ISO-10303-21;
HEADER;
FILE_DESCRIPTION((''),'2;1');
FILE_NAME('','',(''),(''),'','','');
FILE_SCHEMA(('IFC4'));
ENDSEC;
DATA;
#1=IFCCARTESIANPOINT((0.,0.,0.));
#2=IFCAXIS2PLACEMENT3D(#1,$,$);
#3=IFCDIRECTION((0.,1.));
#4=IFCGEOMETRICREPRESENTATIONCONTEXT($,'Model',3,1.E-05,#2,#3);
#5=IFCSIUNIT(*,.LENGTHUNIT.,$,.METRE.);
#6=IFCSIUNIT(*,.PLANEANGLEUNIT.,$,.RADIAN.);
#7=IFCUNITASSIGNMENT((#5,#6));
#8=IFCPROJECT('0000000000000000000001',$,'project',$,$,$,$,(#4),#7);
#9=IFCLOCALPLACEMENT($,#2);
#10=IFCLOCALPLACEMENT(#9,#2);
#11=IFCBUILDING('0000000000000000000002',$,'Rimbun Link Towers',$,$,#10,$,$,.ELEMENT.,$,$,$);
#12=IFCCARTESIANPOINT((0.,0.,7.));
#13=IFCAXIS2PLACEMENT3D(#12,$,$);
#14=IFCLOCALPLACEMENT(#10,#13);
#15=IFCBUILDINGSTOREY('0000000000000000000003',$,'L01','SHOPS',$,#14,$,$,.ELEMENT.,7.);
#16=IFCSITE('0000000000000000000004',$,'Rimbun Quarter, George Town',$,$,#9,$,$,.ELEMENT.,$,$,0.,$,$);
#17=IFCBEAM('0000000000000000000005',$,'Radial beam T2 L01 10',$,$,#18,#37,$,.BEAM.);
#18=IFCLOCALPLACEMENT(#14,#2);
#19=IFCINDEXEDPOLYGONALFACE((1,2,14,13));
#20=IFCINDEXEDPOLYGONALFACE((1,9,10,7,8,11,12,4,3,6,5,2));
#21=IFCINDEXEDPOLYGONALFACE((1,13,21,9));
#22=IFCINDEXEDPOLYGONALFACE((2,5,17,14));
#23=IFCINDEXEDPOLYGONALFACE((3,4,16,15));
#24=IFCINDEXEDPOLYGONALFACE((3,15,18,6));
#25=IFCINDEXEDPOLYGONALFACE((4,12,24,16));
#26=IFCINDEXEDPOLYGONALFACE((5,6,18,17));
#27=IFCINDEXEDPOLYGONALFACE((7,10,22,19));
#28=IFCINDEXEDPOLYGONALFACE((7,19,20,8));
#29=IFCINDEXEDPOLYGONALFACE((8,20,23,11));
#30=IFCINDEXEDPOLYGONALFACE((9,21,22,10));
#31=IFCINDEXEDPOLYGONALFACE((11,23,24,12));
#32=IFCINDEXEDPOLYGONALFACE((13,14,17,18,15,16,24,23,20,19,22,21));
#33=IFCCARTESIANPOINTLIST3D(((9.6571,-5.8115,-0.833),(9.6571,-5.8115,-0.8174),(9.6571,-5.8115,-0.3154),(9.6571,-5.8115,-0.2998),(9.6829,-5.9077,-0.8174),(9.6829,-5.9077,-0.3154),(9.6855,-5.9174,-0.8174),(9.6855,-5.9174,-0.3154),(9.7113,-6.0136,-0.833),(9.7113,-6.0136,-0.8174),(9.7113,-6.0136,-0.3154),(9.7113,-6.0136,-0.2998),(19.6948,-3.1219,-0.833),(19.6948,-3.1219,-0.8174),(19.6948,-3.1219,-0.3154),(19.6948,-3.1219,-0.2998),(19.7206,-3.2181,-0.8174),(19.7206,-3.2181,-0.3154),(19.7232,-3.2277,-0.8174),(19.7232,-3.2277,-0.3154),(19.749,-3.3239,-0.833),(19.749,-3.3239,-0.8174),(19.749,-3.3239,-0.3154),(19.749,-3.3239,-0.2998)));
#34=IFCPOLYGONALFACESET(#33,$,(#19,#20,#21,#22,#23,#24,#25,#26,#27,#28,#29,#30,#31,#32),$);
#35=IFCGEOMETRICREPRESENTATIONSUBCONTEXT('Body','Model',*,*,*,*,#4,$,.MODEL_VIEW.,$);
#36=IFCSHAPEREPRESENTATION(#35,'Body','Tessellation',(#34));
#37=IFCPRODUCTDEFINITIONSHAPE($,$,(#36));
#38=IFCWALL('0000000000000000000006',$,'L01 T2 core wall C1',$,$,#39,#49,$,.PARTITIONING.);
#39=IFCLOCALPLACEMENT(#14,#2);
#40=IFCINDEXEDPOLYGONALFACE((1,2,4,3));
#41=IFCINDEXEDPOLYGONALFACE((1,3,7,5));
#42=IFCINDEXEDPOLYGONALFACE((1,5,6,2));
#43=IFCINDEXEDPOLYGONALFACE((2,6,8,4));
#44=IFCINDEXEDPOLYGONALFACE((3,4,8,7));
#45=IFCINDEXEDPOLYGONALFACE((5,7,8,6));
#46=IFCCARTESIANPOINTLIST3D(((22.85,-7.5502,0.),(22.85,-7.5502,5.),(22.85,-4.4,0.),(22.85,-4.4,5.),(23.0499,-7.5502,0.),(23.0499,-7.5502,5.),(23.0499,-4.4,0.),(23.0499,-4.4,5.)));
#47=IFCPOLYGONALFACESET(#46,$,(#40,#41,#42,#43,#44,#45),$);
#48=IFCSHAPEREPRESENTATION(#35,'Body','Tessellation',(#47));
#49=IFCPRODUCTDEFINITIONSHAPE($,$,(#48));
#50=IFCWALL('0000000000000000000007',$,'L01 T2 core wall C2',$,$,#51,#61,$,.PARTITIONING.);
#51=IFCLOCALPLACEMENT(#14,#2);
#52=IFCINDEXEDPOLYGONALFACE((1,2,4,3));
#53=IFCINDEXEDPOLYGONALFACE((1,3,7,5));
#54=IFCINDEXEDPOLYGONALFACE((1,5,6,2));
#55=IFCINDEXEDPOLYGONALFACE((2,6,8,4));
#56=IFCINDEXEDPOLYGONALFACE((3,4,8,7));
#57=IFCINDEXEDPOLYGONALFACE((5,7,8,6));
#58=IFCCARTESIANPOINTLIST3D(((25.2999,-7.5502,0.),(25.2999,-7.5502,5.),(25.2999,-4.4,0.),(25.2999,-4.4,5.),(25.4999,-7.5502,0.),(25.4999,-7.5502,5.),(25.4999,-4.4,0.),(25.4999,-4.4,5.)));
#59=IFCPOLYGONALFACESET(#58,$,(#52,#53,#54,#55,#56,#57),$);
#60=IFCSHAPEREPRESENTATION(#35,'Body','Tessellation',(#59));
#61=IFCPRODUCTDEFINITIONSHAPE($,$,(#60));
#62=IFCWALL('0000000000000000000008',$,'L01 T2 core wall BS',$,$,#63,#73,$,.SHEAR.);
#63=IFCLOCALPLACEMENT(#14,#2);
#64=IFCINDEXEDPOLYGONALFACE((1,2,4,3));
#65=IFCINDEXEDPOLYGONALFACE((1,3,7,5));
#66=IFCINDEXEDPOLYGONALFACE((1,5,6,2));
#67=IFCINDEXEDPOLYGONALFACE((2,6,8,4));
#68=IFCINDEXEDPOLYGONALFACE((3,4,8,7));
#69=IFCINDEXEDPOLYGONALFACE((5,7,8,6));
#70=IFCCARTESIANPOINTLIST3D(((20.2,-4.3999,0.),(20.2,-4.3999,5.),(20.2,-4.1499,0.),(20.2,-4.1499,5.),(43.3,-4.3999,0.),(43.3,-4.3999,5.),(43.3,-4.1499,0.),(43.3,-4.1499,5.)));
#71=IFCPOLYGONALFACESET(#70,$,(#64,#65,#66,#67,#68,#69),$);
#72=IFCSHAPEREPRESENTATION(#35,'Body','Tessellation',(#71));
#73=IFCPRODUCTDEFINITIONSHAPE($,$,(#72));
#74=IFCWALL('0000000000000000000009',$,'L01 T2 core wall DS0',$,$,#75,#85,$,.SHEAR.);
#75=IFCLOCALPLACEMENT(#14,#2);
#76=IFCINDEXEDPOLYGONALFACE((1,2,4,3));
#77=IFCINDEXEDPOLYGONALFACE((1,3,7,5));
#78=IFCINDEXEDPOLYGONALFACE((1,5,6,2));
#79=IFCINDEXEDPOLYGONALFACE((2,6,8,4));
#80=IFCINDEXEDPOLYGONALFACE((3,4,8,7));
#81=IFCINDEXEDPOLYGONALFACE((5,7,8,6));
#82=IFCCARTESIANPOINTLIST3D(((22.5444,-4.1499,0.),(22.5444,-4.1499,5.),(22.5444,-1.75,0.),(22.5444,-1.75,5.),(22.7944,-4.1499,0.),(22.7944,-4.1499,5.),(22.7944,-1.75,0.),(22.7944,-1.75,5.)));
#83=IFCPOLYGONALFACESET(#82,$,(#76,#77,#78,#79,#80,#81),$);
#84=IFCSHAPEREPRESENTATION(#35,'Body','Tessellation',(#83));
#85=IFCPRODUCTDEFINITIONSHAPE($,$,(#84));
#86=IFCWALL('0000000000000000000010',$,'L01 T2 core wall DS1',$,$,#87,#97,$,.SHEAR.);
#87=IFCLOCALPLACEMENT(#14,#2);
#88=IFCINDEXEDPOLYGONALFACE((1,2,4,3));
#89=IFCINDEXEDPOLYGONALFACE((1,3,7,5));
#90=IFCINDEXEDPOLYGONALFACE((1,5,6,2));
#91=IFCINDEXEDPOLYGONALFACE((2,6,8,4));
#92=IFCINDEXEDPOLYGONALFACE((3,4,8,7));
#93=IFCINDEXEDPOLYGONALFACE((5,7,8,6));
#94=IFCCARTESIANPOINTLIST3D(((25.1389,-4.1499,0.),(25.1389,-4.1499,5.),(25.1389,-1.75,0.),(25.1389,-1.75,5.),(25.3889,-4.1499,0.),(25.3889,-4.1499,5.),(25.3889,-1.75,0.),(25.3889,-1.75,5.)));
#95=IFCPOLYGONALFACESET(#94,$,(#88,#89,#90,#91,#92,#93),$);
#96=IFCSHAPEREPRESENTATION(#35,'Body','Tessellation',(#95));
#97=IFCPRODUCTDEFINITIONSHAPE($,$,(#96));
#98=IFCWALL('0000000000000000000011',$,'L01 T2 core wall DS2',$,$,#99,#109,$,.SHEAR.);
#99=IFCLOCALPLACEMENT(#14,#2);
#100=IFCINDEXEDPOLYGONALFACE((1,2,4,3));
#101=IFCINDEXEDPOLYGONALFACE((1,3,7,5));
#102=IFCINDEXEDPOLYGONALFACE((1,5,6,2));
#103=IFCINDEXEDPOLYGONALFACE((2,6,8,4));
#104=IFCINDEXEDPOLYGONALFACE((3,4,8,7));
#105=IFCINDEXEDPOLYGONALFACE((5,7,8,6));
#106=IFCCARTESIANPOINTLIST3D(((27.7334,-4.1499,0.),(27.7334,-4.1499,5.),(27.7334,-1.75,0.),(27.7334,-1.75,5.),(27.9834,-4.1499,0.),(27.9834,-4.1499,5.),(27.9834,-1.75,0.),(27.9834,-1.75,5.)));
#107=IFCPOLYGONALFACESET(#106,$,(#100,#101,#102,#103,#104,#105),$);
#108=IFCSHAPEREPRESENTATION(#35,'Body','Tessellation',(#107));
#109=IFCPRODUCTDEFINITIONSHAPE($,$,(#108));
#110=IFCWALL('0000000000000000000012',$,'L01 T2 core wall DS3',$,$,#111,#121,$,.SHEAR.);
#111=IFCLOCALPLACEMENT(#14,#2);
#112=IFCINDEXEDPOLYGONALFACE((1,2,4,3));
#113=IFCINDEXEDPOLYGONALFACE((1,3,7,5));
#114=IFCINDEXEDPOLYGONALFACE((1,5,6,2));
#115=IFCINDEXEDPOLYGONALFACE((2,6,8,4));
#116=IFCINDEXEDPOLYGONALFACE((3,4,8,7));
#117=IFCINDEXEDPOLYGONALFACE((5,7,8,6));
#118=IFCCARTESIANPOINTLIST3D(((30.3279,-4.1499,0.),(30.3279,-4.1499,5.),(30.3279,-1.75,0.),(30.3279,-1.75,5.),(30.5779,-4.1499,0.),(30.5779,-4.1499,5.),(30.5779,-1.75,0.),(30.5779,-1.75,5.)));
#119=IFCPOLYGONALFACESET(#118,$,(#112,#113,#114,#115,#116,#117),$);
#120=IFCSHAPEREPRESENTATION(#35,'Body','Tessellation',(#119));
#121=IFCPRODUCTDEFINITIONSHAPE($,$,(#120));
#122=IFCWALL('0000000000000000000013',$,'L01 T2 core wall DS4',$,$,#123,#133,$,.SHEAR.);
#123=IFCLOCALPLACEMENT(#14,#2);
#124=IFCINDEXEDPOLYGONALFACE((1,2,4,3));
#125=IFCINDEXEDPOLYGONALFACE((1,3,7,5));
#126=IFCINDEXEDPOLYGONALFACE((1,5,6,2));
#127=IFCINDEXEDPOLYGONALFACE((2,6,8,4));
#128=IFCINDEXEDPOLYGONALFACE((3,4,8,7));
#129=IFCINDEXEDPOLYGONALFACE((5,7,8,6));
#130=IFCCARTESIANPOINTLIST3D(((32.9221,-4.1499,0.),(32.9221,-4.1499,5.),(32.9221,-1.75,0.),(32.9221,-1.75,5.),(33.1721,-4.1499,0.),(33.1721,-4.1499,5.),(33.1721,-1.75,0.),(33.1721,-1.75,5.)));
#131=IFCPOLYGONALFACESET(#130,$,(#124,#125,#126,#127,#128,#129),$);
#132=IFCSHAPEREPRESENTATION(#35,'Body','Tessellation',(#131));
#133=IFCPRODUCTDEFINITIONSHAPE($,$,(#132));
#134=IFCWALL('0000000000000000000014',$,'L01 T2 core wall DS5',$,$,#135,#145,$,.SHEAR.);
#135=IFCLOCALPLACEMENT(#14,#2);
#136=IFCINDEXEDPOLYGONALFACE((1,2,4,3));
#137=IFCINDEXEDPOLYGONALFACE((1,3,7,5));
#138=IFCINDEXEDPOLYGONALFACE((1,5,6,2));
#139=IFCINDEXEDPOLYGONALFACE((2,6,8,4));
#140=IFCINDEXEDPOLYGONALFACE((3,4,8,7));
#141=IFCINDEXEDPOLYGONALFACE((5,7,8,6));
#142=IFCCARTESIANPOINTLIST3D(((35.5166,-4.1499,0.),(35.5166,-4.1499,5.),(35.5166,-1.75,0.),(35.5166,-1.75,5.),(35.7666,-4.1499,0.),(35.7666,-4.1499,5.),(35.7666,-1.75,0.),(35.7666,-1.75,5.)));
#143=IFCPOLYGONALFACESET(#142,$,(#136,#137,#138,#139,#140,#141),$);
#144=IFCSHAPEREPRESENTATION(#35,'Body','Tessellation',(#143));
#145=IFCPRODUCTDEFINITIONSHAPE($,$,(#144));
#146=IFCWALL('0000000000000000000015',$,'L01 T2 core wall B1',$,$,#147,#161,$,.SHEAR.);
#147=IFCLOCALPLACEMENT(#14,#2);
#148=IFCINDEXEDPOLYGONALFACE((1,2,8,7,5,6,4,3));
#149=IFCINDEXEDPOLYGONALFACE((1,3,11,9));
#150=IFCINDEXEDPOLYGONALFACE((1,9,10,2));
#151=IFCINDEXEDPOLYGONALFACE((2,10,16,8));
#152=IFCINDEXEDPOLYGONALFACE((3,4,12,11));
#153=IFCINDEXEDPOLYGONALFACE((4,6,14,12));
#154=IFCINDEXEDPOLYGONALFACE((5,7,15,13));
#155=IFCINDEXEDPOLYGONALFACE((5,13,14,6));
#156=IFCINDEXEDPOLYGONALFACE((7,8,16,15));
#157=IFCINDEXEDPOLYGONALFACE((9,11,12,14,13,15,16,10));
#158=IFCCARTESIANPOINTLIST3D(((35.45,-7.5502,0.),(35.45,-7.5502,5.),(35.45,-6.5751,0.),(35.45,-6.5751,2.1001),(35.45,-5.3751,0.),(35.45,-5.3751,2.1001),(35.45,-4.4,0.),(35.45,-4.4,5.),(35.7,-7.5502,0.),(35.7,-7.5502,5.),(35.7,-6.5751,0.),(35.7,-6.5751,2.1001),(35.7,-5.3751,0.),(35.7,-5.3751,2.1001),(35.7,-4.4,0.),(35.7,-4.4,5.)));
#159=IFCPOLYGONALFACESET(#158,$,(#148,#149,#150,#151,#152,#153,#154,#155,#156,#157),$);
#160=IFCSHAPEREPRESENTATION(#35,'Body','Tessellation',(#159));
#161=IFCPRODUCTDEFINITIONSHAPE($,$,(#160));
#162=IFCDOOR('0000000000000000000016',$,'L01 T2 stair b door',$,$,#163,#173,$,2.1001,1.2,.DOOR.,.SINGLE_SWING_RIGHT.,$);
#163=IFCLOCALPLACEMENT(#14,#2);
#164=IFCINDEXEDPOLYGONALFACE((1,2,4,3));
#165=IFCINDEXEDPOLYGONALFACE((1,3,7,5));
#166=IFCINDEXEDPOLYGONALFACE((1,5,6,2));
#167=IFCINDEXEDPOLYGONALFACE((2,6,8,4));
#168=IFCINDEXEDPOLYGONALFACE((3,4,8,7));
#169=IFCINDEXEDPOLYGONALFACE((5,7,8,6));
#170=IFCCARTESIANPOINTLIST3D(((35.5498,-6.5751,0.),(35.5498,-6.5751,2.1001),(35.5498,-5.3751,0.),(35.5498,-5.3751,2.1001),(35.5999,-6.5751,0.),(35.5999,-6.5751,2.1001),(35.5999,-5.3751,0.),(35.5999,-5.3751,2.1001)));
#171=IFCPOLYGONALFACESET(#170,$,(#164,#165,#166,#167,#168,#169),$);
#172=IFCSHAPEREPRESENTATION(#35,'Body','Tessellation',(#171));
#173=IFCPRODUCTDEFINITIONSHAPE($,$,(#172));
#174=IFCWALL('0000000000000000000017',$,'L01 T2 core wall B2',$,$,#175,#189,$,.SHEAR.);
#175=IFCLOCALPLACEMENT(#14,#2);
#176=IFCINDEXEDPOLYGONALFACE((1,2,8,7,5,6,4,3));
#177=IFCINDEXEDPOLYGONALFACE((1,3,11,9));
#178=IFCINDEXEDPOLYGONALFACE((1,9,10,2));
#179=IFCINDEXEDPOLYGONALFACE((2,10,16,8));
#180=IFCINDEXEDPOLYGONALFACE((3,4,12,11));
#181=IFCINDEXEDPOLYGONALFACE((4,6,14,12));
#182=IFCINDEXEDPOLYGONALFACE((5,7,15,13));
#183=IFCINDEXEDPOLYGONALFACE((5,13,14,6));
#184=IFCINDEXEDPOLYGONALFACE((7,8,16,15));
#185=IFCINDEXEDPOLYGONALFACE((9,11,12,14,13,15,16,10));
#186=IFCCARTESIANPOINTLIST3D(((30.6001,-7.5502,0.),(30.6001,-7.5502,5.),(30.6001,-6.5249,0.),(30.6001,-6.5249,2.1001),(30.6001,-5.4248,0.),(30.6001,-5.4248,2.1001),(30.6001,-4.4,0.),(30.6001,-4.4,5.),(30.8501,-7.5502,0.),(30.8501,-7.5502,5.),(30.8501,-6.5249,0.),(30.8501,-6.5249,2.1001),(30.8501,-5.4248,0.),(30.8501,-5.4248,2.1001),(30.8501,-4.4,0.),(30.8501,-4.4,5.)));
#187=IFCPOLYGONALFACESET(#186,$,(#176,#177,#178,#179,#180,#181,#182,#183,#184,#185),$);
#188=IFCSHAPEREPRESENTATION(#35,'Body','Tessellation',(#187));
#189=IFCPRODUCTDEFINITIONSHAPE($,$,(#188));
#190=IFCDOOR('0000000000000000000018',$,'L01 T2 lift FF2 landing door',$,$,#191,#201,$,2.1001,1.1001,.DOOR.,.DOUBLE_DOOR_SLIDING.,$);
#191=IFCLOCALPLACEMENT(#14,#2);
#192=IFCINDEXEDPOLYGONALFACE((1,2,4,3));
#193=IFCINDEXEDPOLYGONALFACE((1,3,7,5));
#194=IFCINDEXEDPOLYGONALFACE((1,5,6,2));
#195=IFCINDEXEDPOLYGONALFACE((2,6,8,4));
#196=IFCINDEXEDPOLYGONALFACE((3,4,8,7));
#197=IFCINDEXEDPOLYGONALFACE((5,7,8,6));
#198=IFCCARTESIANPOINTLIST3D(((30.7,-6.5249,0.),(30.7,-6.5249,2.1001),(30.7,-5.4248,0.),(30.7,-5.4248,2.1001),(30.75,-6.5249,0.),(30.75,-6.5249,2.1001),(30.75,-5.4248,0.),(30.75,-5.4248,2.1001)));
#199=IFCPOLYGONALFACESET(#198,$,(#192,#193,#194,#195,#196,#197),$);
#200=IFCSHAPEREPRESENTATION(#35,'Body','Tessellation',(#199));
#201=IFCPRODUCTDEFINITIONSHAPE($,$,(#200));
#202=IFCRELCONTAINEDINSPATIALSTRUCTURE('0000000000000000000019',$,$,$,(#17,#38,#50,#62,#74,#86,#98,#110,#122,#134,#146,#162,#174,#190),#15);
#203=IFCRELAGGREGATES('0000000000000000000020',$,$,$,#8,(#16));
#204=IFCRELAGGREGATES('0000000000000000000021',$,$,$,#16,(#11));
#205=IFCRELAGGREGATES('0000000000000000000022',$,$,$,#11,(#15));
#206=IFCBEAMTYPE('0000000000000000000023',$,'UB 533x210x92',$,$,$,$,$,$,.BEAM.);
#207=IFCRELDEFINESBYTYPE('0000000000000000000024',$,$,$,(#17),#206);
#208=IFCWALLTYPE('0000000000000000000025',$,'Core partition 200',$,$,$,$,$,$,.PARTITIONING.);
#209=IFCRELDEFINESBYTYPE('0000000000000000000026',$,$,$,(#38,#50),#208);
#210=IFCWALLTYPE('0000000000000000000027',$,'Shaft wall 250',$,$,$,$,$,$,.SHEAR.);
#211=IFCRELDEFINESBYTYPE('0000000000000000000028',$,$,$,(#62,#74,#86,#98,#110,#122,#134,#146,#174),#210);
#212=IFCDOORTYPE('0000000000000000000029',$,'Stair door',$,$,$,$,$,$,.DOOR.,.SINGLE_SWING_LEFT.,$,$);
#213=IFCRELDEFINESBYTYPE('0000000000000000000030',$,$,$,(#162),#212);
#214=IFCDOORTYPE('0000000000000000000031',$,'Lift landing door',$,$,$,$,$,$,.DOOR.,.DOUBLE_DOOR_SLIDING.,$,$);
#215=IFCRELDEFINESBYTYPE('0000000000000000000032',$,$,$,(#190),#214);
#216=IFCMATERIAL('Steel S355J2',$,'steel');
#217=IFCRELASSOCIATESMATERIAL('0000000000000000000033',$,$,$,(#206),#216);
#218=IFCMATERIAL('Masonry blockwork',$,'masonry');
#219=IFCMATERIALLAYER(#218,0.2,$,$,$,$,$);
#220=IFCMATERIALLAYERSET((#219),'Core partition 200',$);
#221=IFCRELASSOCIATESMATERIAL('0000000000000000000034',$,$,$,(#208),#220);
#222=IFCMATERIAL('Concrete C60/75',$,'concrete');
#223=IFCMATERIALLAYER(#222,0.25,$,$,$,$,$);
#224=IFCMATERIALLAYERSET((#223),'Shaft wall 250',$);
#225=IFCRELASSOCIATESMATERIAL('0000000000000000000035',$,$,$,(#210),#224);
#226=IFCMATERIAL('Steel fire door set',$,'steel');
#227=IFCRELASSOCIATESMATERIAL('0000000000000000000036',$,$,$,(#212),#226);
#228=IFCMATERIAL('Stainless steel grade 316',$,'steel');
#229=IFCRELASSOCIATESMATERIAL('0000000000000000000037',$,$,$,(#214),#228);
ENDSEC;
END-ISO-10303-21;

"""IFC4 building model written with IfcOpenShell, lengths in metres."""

from ifc_helpers import new_model, si_unit, direction, frame, frame_2d, origin, origin_2d, place, context, subcontext, project, spatial, rectangle, i_section, extrude, material, layer, layer_set, material_profile, profile_set, type_object, element, fill, save


model = new_model("IFC4")

# Units and contexts
model_context = context("Model", 3, precision=1e-05, world=origin(), true_north=direction((0.0, 1.0)))
body_context = subcontext(model_context, "Body", "Model", "MODEL_VIEW")
ifc_project = project(units=[si_unit("LENGTHUNIT", "METRE"), si_unit("PLANEANGLEUNIT", "RADIAN")], contexts=[model_context])

# Site, building, storey
site_placement = place(None, origin())
site = spatial("IfcSite", under=ifc_project, at=site_placement, Name="Rimbun Quarter, George Town", CompositionType="ELEMENT", RefElevation=0.0)
building_placement = place(site_placement, origin())
building = spatial("IfcBuilding", under=site, at=building_placement, Name="Rimbun Link Towers", CompositionType="ELEMENT")
storey_placement = place(building_placement, frame((0.0, 0.0, 7.0)))
storey = spatial("IfcBuildingStorey", under=building, at=storey_placement, Name="L01", Description="SHOPS", CompositionType="ELEMENT", Elevation=7.0)

# Beam
ifc_material_1 = material(Name="Steel S355J2", Category="steel")
ifc_material_profile = material_profile(ifc_material_1, i_section(OverallWidth=0.2092, OverallDepth=0.5332, WebThickness=0.01, FlangeThickness=0.0156, at=origin_2d()), Name="UB 533x210x92")
ifc_profile_set = profile_set([ifc_material_profile], Name="Steel S355J2")
beam_type = type_object("IfcBeamType", Name="UB 533x210x92", PredefinedType="BEAM", material=ifc_profile_set)
beam_placement = place(storey_placement, frame((19.7219, -3.2229, -0.5664), z_axis=(-0.965924, -0.258825, 0.0), x_axis=(0.258825, -0.965924, 0.0)))
element("IfcBeam", 1, at=beam_placement, inside=storey, type_object=beam_type, Name="Radial beam T2 L01 10", PredefinedType="BEAM", context=body_context, shape_type="SweptSolid", body=[
    extrude(i_section(OverallWidth=0.2092, OverallDepth=0.5332, WebThickness=0.01, FlangeThickness=0.0156, at=origin_2d()), origin(), (0.0, 0.0, 1.0), 10.3918),
])

# Walls
ifc_material_2 = material(Name="Masonry blockwork", Category="masonry")
ifc_layer_1 = layer(ifc_material_2, 0.2)
ifc_layer_set_1 = layer_set([ifc_layer_1], Name="Core partition 200")
wall_type_1 = type_object("IfcWallType", Name="Core partition 200", PredefinedType="PARTITIONING", material=ifc_layer_set_1)
for number, where, z_axis, x_axis, name in (
    (2, (22.95, -4.3999, 0.0), (0.0, 0.0, 1.0), (0.0, -1.0, 0.0), "L01 T2 core wall C1"),
    (3, (25.3999, -4.3999, 0.0), (0.0, 0.0, 1.0), (0.0, -1.0, 0.0), "L01 T2 core wall C2"),
):
    element("IfcWall", number, at=place(storey_placement, frame(where, z_axis=z_axis, x_axis=x_axis)), inside=storey, type_object=wall_type_1, Name=name, PredefinedType="PARTITIONING", context=body_context, shape_type="SweptSolid", body=[
        extrude(rectangle(XDim=3.1501, YDim=0.2, at=frame_2d((1.5752, 0.0))), origin(), (0.0, 0.0, 1.0), 5.0),
    ])
ifc_material_3 = material(Name="Concrete C60/75", Category="concrete")
ifc_layer_2 = layer(ifc_material_3, 0.25)
ifc_layer_set_2 = layer_set([ifc_layer_2], Name="Shaft wall 250")
wall_type_2 = type_object("IfcWallType", Name="Shaft wall 250", PredefinedType="SHEAR", material=ifc_layer_set_2)
wall_1_placement = place(storey_placement, frame((20.2, -4.2749, 0.0), z_axis=(0.0, 0.0, 1.0), x_axis=(1.0, 0.0, 0.0)))
element("IfcWall", 4, at=wall_1_placement, inside=storey, type_object=wall_type_2, Name="L01 T2 core wall BS", PredefinedType="SHEAR", context=body_context, shape_type="SweptSolid", body=[
    extrude(rectangle(XDim=23.1001, YDim=0.25, at=frame_2d((11.55, 0.0))), origin(), (0.0, 0.0, 1.0), 5.0),
])
for number, where, z_axis, x_axis, name in (
    (5, (22.6694, -4.1499, 0.0), (0.0, 0.0, 1.0), (0.0, 1.0, 0.0), "L01 T2 core wall DS0"),
    (6, (25.2639, -4.1499, 0.0), (0.0, 0.0, 1.0), (0.0, 1.0, 0.0), "L01 T2 core wall DS1"),
    (7, (27.8584, -4.1499, 0.0), (0.0, 0.0, 1.0), (0.0, 1.0, 0.0), "L01 T2 core wall DS2"),
    (8, (30.4529, -4.1499, 0.0), (0.0, 0.0, 1.0), (0.0, 1.0, 0.0), "L01 T2 core wall DS3"),
    (9, (33.0471, -4.1499, 0.0), (0.0, 0.0, 1.0), (0.0, 1.0, 0.0), "L01 T2 core wall DS4"),
    (10, (35.6416, -4.1499, 0.0), (0.0, 0.0, 1.0), (0.0, 1.0, 0.0), "L01 T2 core wall DS5"),
):
    element("IfcWall", number, at=place(storey_placement, frame(where, z_axis=z_axis, x_axis=x_axis)), inside=storey, type_object=wall_type_2, Name=name, PredefinedType="SHEAR", context=body_context, shape_type="SweptSolid", body=[
        extrude(rectangle(XDim=2.3999, YDim=0.25, at=frame_2d((1.2, 0.0))), origin(), (0.0, 0.0, 1.0), 5.0),
    ])

# Walls, openings, doors
wall_2_placement = place(storey_placement, frame((35.575, -4.3999, 0.0), z_axis=(0.0, 0.0, 1.0), x_axis=(0.0, -1.0, 0.0)))
wall_2 = element("IfcWall", 11, at=wall_2_placement, inside=storey, type_object=wall_type_2, Name="L01 T2 core wall B1", PredefinedType="SHEAR", context=body_context, shape_type="SweptSolid", body=[
    extrude(rectangle(XDim=3.1501, YDim=0.25, at=frame_2d((1.5752, 0.0))), origin(), (0.0, 0.0, 1.0), 5.0),
])
opening_1_placement = place(wall_2_placement, frame((0.9751, 0.0, 0.0)))
opening_1 = element("IfcOpeningElement", 12, at=opening_1_placement, cuts=wall_2, PredefinedType="OPENING", context=body_context, shape_type="SweptSolid", body=[
    extrude(rectangle(XDim=1.2, YDim=2.1001, at=frame_2d((0.6001, 1.05))), frame((0.0, 0.135, 0.0), z_axis=(0.0, -1.0, 0.0), x_axis=(1.0, 0.0, 0.0)), (0.0, 0.0, 1.0), 0.27),
])
ifc_material_4 = material(Name="Steel fire door set", Category="steel")
door_type_1 = type_object("IfcDoorType", Name="Stair door", OperationType="SINGLE_SWING_LEFT", PredefinedType="DOOR", material=ifc_material_4)
door_1_placement = place(opening_1_placement, origin())
door_1 = element("IfcDoor", 13, at=door_1_placement, inside=storey, type_object=door_type_1, Name="L01 T2 stair b door", OperationType="SINGLE_SWING_RIGHT", OverallHeight=2.1001, OverallWidth=1.2, PredefinedType="DOOR", context=body_context, shape_type="SweptSolid", body=[
    extrude(rectangle(XDim=1.2, YDim=2.1001, at=frame_2d((0.6001, 1.05))), frame((0.0, 0.0249, 0.0), z_axis=(0.0, -1.0, 0.0), x_axis=(1.0, 0.0, 0.0)), (0.0, 0.0, 1.0), 0.05),
])
fill(opening_1, door_1)
wall_3_placement = place(storey_placement, frame((30.7251, -4.3999, 0.0), z_axis=(0.0, 0.0, 1.0), x_axis=(0.0, -1.0, 0.0)))
wall_3 = element("IfcWall", 14, at=wall_3_placement, inside=storey, type_object=wall_type_2, Name="L01 T2 core wall B2", PredefinedType="SHEAR", context=body_context, shape_type="SweptSolid", body=[
    extrude(rectangle(XDim=3.1501, YDim=0.25, at=frame_2d((1.5752, 0.0))), origin(), (0.0, 0.0, 1.0), 5.0),
])
opening_2_placement = place(wall_3_placement, frame((1.0249, 0.0, 0.0)))
opening_2 = element("IfcOpeningElement", 15, at=opening_2_placement, cuts=wall_3, PredefinedType="OPENING", context=body_context, shape_type="SweptSolid", body=[
    extrude(rectangle(XDim=1.1001, YDim=2.1001, at=frame_2d((0.55, 1.05))), frame((0.0, 0.135, 0.0), z_axis=(0.0, -1.0, 0.0), x_axis=(1.0, 0.0, 0.0)), (0.0, 0.0, 1.0), 0.27),
])
ifc_material_5 = material(Name="Stainless steel grade 316", Category="steel")
door_type_2 = type_object("IfcDoorType", Name="Lift landing door", OperationType="DOUBLE_DOOR_SLIDING", PredefinedType="DOOR", material=ifc_material_5)
door_2_placement = place(opening_2_placement, origin())
door_2 = element("IfcDoor", 16, at=door_2_placement, inside=storey, type_object=door_type_2, Name="L01 T2 lift FF2 landing door", OperationType="DOUBLE_DOOR_SLIDING", OverallHeight=2.1001, OverallWidth=1.1001, PredefinedType="DOOR", context=body_context, shape_type="SweptSolid", body=[
    extrude(rectangle(XDim=1.1001, YDim=2.1001, at=frame_2d((0.55, 1.05))), frame((0.0, 0.0249, 0.0), z_axis=(0.0, -1.0, 0.0), x_axis=(1.0, 0.0, 0.0)), (0.0, 0.0, 1.0), 0.05),
])
fill(opening_2, door_2)

save(model, "model.ifc")
